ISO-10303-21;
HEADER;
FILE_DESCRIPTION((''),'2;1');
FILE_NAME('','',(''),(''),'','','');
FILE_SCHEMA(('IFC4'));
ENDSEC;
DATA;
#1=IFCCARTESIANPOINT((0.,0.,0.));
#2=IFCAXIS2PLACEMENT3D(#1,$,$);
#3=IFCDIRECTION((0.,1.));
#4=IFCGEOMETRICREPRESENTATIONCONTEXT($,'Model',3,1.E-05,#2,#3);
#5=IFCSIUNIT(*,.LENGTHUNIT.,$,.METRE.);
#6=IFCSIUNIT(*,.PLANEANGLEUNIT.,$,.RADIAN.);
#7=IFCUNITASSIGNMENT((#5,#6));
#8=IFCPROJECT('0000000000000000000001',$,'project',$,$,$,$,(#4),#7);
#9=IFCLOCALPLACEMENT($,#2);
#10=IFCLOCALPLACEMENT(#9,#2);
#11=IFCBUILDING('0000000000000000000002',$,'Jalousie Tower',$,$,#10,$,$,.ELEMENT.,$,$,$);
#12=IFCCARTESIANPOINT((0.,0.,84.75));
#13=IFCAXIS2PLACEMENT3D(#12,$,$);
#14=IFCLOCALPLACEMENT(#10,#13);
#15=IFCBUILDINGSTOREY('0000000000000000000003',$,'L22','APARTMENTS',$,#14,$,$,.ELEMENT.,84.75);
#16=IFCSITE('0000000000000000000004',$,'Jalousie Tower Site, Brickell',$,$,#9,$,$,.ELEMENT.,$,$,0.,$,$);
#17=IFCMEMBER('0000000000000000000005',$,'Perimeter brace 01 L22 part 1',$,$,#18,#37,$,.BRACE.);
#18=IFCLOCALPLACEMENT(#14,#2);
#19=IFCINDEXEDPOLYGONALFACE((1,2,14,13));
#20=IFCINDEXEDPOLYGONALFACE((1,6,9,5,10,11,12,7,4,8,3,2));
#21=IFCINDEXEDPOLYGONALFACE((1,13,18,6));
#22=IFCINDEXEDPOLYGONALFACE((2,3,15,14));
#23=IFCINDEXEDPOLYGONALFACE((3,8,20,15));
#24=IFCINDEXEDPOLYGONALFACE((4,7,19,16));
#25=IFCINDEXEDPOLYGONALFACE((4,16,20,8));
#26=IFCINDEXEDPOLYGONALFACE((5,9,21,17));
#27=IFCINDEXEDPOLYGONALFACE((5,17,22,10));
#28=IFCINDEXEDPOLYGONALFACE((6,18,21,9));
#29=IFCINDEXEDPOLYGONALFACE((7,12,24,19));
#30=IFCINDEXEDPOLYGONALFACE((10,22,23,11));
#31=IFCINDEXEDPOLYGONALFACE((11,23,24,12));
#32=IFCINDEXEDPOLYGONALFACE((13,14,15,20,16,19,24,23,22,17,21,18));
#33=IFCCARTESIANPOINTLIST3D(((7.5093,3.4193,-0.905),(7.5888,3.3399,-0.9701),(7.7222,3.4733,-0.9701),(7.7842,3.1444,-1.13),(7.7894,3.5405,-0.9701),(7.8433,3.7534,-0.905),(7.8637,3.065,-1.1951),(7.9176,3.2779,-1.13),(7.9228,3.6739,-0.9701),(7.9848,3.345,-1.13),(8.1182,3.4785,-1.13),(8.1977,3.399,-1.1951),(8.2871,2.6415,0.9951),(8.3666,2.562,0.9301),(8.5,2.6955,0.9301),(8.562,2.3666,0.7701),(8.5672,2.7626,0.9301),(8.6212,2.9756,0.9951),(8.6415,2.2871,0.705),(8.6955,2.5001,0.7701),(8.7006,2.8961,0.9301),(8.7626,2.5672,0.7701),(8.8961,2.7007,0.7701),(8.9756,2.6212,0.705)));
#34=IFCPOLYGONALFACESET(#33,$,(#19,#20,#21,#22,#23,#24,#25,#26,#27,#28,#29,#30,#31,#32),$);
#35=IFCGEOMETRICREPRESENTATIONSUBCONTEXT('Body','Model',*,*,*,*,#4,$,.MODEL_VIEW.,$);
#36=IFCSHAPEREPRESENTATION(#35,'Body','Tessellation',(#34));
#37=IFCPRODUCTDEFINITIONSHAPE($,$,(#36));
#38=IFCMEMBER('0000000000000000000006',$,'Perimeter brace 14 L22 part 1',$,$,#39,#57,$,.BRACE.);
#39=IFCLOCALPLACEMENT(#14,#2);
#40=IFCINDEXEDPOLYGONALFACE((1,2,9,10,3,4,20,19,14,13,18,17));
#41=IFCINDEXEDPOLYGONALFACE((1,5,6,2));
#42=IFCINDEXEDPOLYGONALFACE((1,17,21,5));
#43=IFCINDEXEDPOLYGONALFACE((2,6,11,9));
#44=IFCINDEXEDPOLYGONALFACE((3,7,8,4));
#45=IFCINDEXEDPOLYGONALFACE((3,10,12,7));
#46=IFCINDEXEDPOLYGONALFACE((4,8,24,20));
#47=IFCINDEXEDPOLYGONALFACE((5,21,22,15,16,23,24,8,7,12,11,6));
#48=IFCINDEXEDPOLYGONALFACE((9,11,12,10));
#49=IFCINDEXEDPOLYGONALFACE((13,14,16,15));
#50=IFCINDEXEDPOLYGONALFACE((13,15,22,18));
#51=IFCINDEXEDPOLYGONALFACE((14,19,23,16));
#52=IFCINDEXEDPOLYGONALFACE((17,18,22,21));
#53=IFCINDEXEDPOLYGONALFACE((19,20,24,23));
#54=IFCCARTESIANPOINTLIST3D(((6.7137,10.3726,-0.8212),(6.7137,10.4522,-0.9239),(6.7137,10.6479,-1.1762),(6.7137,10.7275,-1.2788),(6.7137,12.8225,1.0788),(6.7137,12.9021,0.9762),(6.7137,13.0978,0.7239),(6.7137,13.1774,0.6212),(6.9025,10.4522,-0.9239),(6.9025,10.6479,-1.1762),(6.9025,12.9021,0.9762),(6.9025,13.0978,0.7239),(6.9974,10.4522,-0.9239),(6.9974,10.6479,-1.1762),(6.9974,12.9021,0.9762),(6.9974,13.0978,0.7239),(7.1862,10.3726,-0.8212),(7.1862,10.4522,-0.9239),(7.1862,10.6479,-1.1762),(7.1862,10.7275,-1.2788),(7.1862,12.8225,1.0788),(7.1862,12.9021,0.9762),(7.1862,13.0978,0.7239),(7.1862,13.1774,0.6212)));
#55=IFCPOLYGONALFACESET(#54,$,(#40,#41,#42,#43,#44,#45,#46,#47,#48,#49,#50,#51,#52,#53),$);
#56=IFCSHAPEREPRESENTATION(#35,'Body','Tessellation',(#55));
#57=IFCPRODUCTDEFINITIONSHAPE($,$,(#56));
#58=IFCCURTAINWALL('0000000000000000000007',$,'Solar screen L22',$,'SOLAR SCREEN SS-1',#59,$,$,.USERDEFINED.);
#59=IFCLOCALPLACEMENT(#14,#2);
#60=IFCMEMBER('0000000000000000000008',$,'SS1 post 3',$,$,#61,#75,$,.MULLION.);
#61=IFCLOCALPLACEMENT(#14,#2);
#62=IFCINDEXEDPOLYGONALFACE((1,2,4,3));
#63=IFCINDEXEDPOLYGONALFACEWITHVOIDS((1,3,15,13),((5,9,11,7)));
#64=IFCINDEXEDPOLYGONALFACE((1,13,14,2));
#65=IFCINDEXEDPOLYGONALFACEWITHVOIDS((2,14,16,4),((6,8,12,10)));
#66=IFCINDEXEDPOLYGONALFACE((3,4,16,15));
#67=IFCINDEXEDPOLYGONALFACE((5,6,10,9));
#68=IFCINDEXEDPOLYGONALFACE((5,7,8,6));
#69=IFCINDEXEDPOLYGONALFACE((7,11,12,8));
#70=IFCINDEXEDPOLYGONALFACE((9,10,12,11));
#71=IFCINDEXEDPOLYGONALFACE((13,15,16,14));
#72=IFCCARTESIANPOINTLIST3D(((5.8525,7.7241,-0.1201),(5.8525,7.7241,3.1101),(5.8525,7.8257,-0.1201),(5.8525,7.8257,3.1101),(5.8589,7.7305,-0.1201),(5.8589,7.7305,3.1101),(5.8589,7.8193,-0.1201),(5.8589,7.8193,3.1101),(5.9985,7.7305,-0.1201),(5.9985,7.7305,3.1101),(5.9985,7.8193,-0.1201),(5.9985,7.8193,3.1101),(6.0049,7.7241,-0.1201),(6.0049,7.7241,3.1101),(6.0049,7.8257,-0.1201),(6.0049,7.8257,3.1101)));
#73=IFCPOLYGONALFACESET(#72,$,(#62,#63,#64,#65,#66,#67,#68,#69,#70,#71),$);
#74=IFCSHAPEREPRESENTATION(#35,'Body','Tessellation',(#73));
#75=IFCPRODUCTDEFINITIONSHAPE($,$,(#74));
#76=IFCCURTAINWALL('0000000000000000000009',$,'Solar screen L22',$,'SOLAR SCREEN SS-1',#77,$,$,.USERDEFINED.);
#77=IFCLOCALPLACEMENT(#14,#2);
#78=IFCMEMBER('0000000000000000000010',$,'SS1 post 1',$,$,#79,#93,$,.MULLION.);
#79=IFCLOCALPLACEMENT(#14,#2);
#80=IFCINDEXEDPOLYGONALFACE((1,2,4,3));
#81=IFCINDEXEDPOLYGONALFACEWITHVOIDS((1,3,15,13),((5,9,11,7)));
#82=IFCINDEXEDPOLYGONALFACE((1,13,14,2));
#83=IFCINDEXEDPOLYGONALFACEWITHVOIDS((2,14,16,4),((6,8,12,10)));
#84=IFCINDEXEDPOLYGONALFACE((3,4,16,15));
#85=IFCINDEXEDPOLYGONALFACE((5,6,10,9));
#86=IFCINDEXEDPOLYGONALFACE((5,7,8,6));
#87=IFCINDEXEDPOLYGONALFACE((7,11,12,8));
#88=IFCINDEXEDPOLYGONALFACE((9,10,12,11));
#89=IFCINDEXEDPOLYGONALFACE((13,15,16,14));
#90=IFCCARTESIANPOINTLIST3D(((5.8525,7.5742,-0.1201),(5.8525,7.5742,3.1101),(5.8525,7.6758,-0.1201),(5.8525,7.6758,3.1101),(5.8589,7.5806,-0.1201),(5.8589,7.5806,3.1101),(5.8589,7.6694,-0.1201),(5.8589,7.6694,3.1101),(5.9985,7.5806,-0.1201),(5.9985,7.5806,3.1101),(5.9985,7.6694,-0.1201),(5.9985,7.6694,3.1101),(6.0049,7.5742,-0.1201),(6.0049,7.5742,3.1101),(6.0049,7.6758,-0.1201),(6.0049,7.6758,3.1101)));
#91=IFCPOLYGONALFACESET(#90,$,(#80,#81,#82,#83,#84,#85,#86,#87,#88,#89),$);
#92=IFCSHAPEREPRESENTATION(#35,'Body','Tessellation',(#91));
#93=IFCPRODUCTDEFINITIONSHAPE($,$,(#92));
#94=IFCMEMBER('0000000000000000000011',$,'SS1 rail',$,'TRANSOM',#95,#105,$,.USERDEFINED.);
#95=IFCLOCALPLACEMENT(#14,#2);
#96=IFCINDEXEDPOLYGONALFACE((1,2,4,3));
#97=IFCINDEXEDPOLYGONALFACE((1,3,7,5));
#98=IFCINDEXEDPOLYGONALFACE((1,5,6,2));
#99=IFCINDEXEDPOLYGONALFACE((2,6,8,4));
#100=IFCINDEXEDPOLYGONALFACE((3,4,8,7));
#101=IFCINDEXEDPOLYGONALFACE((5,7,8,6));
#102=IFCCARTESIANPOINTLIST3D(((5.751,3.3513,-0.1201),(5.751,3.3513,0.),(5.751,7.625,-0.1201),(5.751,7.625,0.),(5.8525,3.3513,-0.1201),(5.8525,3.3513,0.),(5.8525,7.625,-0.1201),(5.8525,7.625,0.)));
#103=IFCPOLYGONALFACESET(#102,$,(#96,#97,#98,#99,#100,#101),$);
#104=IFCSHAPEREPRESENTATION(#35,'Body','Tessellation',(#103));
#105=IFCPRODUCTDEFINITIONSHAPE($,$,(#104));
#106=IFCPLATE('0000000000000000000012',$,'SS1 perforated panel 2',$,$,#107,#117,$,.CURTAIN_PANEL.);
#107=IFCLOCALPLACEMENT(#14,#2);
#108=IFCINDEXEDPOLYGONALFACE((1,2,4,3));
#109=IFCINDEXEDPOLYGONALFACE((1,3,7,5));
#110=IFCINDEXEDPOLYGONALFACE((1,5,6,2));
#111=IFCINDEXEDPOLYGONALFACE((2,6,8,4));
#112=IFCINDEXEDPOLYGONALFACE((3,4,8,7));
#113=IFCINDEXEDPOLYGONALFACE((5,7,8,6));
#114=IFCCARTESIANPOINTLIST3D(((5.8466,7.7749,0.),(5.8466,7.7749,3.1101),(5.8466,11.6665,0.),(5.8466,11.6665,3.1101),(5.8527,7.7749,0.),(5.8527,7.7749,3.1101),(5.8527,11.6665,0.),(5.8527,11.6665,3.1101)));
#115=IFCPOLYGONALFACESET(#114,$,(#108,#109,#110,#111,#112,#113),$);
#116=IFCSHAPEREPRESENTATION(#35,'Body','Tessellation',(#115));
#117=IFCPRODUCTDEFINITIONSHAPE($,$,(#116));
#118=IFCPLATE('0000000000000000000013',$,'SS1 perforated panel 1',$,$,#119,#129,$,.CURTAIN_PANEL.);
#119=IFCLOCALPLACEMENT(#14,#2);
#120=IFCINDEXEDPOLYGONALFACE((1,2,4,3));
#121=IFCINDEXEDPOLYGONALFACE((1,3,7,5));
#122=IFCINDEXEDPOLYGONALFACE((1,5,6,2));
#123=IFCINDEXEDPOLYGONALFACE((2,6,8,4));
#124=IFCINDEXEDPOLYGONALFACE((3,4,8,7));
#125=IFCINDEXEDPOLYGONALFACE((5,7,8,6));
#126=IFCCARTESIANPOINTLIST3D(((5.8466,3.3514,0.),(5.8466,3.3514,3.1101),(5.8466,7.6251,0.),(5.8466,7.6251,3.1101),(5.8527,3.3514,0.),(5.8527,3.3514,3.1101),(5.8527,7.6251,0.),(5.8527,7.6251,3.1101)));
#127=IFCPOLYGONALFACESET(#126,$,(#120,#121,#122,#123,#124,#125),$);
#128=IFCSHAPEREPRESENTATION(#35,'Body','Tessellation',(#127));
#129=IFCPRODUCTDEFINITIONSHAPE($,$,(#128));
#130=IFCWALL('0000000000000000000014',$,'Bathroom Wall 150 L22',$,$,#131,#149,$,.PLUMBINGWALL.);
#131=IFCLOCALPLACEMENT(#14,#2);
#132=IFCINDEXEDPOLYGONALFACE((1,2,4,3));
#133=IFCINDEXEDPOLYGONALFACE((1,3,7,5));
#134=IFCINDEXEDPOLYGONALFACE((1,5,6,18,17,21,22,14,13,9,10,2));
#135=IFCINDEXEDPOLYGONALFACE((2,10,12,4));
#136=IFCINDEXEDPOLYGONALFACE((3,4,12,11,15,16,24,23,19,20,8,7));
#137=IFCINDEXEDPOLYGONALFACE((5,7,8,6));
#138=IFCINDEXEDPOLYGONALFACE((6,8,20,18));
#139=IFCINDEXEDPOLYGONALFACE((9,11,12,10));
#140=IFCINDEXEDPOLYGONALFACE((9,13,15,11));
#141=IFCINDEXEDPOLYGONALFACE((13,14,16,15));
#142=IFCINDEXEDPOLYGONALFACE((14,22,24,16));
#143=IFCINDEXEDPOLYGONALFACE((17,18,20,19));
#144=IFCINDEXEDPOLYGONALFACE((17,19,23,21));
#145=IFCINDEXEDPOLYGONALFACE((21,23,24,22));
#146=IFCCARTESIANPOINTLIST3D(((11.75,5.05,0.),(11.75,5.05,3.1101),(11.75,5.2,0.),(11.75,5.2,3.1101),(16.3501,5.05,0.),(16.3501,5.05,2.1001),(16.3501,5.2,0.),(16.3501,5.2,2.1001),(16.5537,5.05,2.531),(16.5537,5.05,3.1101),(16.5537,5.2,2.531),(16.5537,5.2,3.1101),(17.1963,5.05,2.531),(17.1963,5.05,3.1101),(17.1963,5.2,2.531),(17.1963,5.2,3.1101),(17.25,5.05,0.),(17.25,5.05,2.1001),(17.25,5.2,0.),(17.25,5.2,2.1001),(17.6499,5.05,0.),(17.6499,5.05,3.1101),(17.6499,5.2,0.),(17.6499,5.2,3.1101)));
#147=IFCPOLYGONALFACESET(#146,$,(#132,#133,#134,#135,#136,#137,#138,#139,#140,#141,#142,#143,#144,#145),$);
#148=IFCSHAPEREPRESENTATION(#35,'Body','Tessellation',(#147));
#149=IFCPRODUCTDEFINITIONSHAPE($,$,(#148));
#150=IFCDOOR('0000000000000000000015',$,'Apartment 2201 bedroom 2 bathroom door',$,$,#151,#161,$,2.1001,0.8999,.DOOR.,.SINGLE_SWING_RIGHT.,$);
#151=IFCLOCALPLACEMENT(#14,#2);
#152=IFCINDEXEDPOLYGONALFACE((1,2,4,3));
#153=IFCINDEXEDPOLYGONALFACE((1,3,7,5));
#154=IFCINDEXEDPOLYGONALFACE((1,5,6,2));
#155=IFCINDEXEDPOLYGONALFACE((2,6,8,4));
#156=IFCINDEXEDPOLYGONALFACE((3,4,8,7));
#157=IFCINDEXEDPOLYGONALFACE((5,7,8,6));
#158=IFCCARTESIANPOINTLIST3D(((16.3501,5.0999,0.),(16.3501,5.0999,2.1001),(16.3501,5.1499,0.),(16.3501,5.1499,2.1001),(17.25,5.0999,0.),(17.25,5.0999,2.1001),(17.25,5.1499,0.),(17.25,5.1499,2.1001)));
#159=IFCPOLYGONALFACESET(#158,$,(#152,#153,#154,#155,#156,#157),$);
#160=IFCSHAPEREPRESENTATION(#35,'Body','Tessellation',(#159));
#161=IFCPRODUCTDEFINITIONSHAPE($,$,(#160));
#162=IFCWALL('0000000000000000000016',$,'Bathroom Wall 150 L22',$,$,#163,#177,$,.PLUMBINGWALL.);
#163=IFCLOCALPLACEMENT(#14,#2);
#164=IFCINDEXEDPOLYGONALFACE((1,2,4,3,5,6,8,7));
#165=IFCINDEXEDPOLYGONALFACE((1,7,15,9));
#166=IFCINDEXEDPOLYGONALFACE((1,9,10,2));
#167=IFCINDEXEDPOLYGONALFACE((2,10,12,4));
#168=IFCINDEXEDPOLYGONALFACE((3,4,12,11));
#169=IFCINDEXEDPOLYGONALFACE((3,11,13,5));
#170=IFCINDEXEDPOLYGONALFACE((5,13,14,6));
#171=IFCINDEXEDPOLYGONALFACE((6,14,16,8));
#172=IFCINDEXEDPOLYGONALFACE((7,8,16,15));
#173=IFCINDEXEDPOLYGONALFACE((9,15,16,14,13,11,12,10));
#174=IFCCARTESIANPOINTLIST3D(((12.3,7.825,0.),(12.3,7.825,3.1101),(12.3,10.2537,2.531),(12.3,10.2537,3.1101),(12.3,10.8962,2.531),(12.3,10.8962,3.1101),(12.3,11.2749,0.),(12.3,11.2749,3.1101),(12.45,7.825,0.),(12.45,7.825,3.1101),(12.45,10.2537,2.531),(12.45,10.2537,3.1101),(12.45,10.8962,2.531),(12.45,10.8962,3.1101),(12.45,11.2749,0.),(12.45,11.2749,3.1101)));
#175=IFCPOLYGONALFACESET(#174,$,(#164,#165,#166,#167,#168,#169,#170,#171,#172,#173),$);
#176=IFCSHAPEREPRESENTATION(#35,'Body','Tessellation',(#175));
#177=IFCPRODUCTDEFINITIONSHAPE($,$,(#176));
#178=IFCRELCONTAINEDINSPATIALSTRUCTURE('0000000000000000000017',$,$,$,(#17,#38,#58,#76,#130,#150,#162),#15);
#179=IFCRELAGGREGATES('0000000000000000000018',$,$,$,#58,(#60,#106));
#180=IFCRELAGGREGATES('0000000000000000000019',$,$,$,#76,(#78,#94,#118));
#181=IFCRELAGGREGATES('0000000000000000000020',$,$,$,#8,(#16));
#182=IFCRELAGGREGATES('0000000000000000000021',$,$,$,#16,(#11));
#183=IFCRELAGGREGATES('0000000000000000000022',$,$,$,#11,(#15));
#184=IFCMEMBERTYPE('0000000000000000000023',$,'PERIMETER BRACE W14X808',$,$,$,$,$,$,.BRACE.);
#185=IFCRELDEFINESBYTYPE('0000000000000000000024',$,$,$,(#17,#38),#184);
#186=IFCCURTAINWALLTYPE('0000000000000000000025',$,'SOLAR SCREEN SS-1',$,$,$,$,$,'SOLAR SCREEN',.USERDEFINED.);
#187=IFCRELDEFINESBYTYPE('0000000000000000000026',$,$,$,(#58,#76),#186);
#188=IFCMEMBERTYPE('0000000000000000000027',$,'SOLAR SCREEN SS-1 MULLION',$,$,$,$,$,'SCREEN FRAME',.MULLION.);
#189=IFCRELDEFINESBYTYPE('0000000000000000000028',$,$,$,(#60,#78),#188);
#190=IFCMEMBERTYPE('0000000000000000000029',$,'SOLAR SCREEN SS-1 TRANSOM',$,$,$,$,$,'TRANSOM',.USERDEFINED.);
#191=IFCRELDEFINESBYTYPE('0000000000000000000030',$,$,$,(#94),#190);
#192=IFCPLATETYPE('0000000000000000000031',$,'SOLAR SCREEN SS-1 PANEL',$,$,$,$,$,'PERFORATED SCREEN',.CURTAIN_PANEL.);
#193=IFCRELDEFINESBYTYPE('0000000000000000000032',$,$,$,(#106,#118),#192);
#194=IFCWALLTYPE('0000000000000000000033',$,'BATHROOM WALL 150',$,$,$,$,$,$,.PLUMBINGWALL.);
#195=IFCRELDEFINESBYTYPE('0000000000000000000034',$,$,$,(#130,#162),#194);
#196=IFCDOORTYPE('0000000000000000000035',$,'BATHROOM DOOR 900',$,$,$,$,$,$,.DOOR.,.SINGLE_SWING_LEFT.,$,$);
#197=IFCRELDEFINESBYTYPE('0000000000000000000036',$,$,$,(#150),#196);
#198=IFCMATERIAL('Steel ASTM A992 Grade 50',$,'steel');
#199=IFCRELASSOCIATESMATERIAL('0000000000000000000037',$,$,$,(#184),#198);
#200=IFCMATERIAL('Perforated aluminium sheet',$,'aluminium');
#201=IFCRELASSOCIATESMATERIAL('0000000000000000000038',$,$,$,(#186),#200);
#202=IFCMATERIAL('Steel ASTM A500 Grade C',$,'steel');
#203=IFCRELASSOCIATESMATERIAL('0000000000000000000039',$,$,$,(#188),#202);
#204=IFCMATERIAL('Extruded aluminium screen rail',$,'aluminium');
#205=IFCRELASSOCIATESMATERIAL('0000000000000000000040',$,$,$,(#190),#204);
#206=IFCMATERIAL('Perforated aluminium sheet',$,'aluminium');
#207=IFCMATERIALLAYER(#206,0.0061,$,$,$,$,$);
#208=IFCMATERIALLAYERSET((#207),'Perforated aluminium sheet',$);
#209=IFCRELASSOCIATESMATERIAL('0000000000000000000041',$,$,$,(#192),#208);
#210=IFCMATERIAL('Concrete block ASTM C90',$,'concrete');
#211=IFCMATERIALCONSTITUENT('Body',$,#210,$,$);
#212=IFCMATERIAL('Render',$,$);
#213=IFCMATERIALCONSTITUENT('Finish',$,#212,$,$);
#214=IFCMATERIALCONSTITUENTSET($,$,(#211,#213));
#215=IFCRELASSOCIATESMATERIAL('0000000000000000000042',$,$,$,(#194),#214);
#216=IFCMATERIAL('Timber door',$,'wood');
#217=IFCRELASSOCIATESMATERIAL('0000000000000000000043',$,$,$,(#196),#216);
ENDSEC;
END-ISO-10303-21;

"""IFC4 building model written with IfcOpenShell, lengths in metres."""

from ifc_helpers import new_model, si_unit, direction, frame, frame_2d, origin, origin_2d, place, context, subcontext, project, spatial, polyline, rectangle, hollow_rectangle, i_section, outline, extrude, material, layer, layer_set, constituent, constituent_set, material_profile, profile_set, type_object, element, fill, aggregate, save


model = new_model("IFC4")

# Units and contexts
model_context = context("Model", 3, precision=1e-05, world=origin(), true_north=direction((0.0, 1.0)))
body_context = subcontext(model_context, "Body", "Model", "MODEL_VIEW")
ifc_project = project(units=[si_unit("LENGTHUNIT", "METRE"), si_unit("PLANEANGLEUNIT", "RADIAN")], contexts=[model_context])

# Site, building, storey
site_placement = place(None, origin())
site = spatial("IfcSite", under=ifc_project, at=site_placement, Name="Jalousie Tower Site, Brickell", CompositionType="ELEMENT", RefElevation=0.0)
building_placement = place(site_placement, origin())
building = spatial("IfcBuilding", under=site, at=building_placement, Name="Jalousie Tower", CompositionType="ELEMENT")
storey_placement = place(building_placement, frame((0.0, 0.0, 84.75)))
storey = spatial("IfcBuildingStorey", under=building, at=storey_placement, Name="L22", Description="APARTMENTS", CompositionType="ELEMENT", Elevation=84.75)

# Members
ifc_material_1 = material(Name="Steel ASTM A992 Grade 50", Category="steel")
ifc_material_profile_1 = material_profile(ifc_material_1, i_section(OverallWidth=0.4724, OverallDepth=0.5791, WebThickness=0.095, FlangeThickness=0.1299, at=origin_2d()), Name="W14X808")
ifc_profile_set_1 = profile_set([ifc_material_profile_1], Name="Steel ASTM A992 Grade 50")
member_type_1 = type_object("IfcMemberType", Name="PERIMETER BRACE W14X808", PredefinedType="BRACE", material=ifc_profile_set_1)
member_1_placement = place(storey_placement, frame((7.8535, 3.4092, -1.05), z_axis=(0.354271, -0.354271, 0.865439), x_axis=(0.707107, 0.707107, 0.0)))
element("IfcMember", 1, at=member_1_placement, inside=storey, type_object=member_type_1, Name="Perimeter brace 01 L22 part 1", PredefinedType="BRACE", context=body_context, shape_type="SweptSolid", body=[
    extrude(i_section(OverallWidth=0.4724, OverallDepth=0.5791, WebThickness=0.095, FlangeThickness=0.1299, at=origin_2d()), origin(), (0.0, 0.0, 1.0), 2.1956),
])
member_2_placement = place(storey_placement, frame((6.95, 10.55, -1.05), z_axis=(0.0, 0.790191, 0.612861), x_axis=(-1.0, 0.0, 0.0)))
element("IfcMember", 2, at=member_2_placement, inside=storey, type_object=member_type_1, Name="Perimeter brace 14 L22 part 1", PredefinedType="BRACE", context=body_context, shape_type="SweptSolid", body=[
    extrude(i_section(OverallWidth=0.4724, OverallDepth=0.5791, WebThickness=0.095, FlangeThickness=0.1299, at=origin_2d()), origin(), (0.0, 0.0, 1.0), 3.1003),
])

# Curtain wall, member
ifc_material_2 = material(Name="Perforated aluminium sheet", Category="aluminium")
curtain_wall_type = type_object("IfcCurtainWallType", Name="SOLAR SCREEN SS-1", ElementType="SOLAR SCREEN", PredefinedType="USERDEFINED", material=ifc_material_2)
curtain_wall_1_placement = place(storey_placement, origin())
curtain_wall_1 = element("IfcCurtainWall", 3, at=curtain_wall_1_placement, inside=storey, type_object=curtain_wall_type, Name="Solar screen L22", ObjectType="SOLAR SCREEN SS-1", PredefinedType="USERDEFINED")
ifc_material_3 = material(Name="Steel ASTM A500 Grade C", Category="steel")
ifc_material_profile_2 = material_profile(ifc_material_3, hollow_rectangle(XDim=0.1016, YDim=0.1523, WallThickness=0.0063, at=origin_2d()), Name="HSS6X4X1/4")
ifc_profile_set_2 = profile_set([ifc_material_profile_2], Name="Steel ASTM A500 Grade C")
member_type_2 = type_object("IfcMemberType", Name="SOLAR SCREEN SS-1 MULLION", ElementType="SCREEN FRAME", PredefinedType="MULLION", material=ifc_profile_set_2)
member_3_placement = place(storey_placement, frame((5.9287, 7.7749, -0.1201), z_axis=(0.0, 0.0, 1.0), x_axis=(0.0, -1.0, 0.0)))
member_3 = element("IfcMember", 4, at=member_3_placement, type_object=member_type_2, Name="SS1 post 3", PredefinedType="MULLION", context=body_context, shape_type="SweptSolid", body=[
    extrude(hollow_rectangle(XDim=0.1016, YDim=0.1523, WallThickness=0.0063, at=origin_2d()), origin(), (0.0, 0.0, 1.0), 3.2302),
])

# Curtain wall, members
curtain_wall_2_placement = place(storey_placement, origin())
curtain_wall_2 = element("IfcCurtainWall", 5, at=curtain_wall_2_placement, inside=storey, type_object=curtain_wall_type, Name="Solar screen L22", ObjectType="SOLAR SCREEN SS-1", PredefinedType="USERDEFINED")
member_4_placement = place(storey_placement, frame((5.9287, 7.625, -0.1201), z_axis=(0.0, 0.0, 1.0), x_axis=(0.0, -1.0, 0.0)))
member_4 = element("IfcMember", 6, at=member_4_placement, type_object=member_type_2, Name="SS1 post 1", PredefinedType="MULLION", context=body_context, shape_type="SweptSolid", body=[
    extrude(hollow_rectangle(XDim=0.1016, YDim=0.1523, WallThickness=0.0063, at=origin_2d()), origin(), (0.0, 0.0, 1.0), 3.2302),
])
ifc_material_4 = material(Name="Extruded aluminium screen rail", Category="aluminium")
ifc_material_profile_3 = material_profile(ifc_material_4, rectangle(XDim=0.1016, YDim=0.1201, at=origin_2d()), Name="RAIL 102x120")
ifc_profile_set_3 = profile_set([ifc_material_profile_3], Name="Extruded aluminium screen rail")
member_type_3 = type_object("IfcMemberType", Name="SOLAR SCREEN SS-1 TRANSOM", ElementType="TRANSOM", PredefinedType="USERDEFINED", material=ifc_profile_set_3)
member_5_placement = place(storey_placement, frame((5.8018, 7.625, -0.0601), z_axis=(0.0, -1.0, 0.0), x_axis=(1.0, 0.0, 0.0)))
member_5 = element("IfcMember", 7, at=member_5_placement, type_object=member_type_3, Name="SS1 rail", ObjectType="TRANSOM", PredefinedType="USERDEFINED", context=body_context, shape_type="SweptSolid", body=[
    extrude(rectangle(XDim=0.1016, YDim=0.1201, at=origin_2d()), origin(), (0.0, 0.0, 1.0), 4.2737),
])

# Plates
ifc_material_5 = material(Name="Perforated aluminium sheet", Category="aluminium")
ifc_layer_1 = layer(ifc_material_5, 0.0061)
ifc_layer_set_1 = layer_set([ifc_layer_1], Name="Perforated aluminium sheet")
plate_type = type_object("IfcPlateType", Name="SOLAR SCREEN SS-1 PANEL", ElementType="PERFORATED SCREEN", PredefinedType="CURTAIN_PANEL", material=ifc_layer_set_1)
plate_1_placement = place(storey_placement, frame((5.8496, 9.7207, 0.0), z_axis=(0.0, 0.0, 1.0), x_axis=(0.0, -1.0, 0.0)))
plate_1 = element("IfcPlate", 8, at=plate_1_placement, type_object=plate_type, Name="SS1 perforated panel 2", PredefinedType="CURTAIN_PANEL", context=body_context, shape_type="SweptSolid", body=[
    extrude(rectangle(XDim=3.8916, YDim=0.0061, at=origin_2d()), origin(), (0.0, 0.0, 1.0), 3.1101),
])
aggregate(curtain_wall_1, [member_3, plate_1])
plate_2_placement = place(storey_placement, frame((5.8496, 5.4883, 0.0), z_axis=(0.0, 0.0, 1.0), x_axis=(0.0, -1.0, 0.0)))
plate_2 = element("IfcPlate", 9, at=plate_2_placement, type_object=plate_type, Name="SS1 perforated panel 1", PredefinedType="CURTAIN_PANEL", context=body_context, shape_type="SweptSolid", body=[
    extrude(rectangle(XDim=4.2737, YDim=0.0061, at=origin_2d()), origin(), (0.0, 0.0, 1.0), 3.1101),
])
aggregate(curtain_wall_2, [member_4, member_5, plate_2])

# Wall, opening, door
ifc_material_6 = material(Name="Concrete block ASTM C90", Category="concrete")
ifc_constituent_1 = constituent(ifc_material_6, Name="Body")
ifc_material_7 = material(Name="Render")
ifc_constituent_2 = constituent(ifc_material_7, Name="Finish")
ifc_constituent_set_1 = constituent_set(constituents=[ifc_constituent_1, ifc_constituent_2])
wall_type_1 = type_object("IfcWallType", Name="BATHROOM WALL 150", PredefinedType="PLUMBINGWALL", material=ifc_constituent_set_1)
wall_1_placement = place(storey_placement, frame((11.75, 5.125, 0.0), z_axis=(0.0, 0.0, 1.0), x_axis=(1.0, 0.0, 0.0)))
wall_1 = element("IfcWall", 10, at=wall_1_placement, inside=storey, type_object=wall_type_1, Name="Bathroom Wall 150 L22", PredefinedType="PLUMBINGWALL", context=body_context, shape_type="SweptSolid", body=[
    extrude(outline(polyline([(0.0, 0.0), (5.8999, 0.0), (5.8999, 3.1101), (5.4463, 3.1101), (5.4463, 2.531), (4.8037, 2.531), (4.8037, 3.1101), (0.0, 3.1101), (0.0, 0.0)])), frame((0.0, 0.075, 0.0), z_axis=(0.0, -1.0, 0.0), x_axis=(1.0, 0.0, 0.0)), (0.0, 0.0, 1.0), 0.1499),
])
opening_1_placement = place(wall_1_placement, frame((4.6001, 0.0, 0.0)))
opening_1 = element("IfcOpeningElement", 11, at=opening_1_placement, cuts=wall_1, PredefinedType="OPENING", context=body_context, shape_type="SweptSolid", body=[
    extrude(rectangle(XDim=0.8999, YDim=2.1001, at=frame_2d((0.45, 1.05))), frame((0.0, 0.085, 0.0), z_axis=(0.0, -1.0, 0.0), x_axis=(1.0, 0.0, 0.0)), (0.0, 0.0, 1.0), 0.1699),
])
ifc_material_8 = material(Name="Timber door", Category="wood")
door_type_1 = type_object("IfcDoorType", Name="BATHROOM DOOR 900", OperationType="SINGLE_SWING_LEFT", PredefinedType="DOOR", material=ifc_material_8)
door_1_placement = place(opening_1_placement, origin())
door_1 = element("IfcDoor", 12, at=door_1_placement, inside=storey, type_object=door_type_1, Name="Apartment 2201 bedroom 2 bathroom door", OperationType="SINGLE_SWING_RIGHT", OverallHeight=2.1001, OverallWidth=0.8999, PredefinedType="DOOR", context=body_context, shape_type="SweptSolid", body=[
    extrude(rectangle(XDim=0.8999, YDim=2.1001, at=frame_2d((0.45, 1.05))), frame((0.0, 0.0249, 0.0), z_axis=(0.0, -1.0, 0.0), x_axis=(1.0, 0.0, 0.0)), (0.0, 0.0, 1.0), 0.05),
])
fill(opening_1, door_1)

# Wall
wall_2_placement = place(storey_placement, frame((12.375, 7.825, 0.0), z_axis=(0.0, 0.0, 1.0), x_axis=(0.0, 1.0, 0.0)))
element("IfcWall", 13, at=wall_2_placement, inside=storey, type_object=wall_type_1, Name="Bathroom Wall 150 L22", PredefinedType="PLUMBINGWALL", context=body_context, shape_type="SweptSolid", body=[
    extrude(outline(polyline([(0.0, 0.0), (3.45, 0.0), (3.45, 3.1101), (3.0713, 3.1101), (3.0713, 2.531), (2.4287, 2.531), (2.4287, 3.1101), (0.0, 3.1101), (0.0, 0.0)])), frame((0.0, 0.075, 0.0), z_axis=(0.0, -1.0, 0.0), x_axis=(1.0, 0.0, 0.0)), (0.0, 0.0, 1.0), 0.1499),
])

save(model, "model.ifc")
